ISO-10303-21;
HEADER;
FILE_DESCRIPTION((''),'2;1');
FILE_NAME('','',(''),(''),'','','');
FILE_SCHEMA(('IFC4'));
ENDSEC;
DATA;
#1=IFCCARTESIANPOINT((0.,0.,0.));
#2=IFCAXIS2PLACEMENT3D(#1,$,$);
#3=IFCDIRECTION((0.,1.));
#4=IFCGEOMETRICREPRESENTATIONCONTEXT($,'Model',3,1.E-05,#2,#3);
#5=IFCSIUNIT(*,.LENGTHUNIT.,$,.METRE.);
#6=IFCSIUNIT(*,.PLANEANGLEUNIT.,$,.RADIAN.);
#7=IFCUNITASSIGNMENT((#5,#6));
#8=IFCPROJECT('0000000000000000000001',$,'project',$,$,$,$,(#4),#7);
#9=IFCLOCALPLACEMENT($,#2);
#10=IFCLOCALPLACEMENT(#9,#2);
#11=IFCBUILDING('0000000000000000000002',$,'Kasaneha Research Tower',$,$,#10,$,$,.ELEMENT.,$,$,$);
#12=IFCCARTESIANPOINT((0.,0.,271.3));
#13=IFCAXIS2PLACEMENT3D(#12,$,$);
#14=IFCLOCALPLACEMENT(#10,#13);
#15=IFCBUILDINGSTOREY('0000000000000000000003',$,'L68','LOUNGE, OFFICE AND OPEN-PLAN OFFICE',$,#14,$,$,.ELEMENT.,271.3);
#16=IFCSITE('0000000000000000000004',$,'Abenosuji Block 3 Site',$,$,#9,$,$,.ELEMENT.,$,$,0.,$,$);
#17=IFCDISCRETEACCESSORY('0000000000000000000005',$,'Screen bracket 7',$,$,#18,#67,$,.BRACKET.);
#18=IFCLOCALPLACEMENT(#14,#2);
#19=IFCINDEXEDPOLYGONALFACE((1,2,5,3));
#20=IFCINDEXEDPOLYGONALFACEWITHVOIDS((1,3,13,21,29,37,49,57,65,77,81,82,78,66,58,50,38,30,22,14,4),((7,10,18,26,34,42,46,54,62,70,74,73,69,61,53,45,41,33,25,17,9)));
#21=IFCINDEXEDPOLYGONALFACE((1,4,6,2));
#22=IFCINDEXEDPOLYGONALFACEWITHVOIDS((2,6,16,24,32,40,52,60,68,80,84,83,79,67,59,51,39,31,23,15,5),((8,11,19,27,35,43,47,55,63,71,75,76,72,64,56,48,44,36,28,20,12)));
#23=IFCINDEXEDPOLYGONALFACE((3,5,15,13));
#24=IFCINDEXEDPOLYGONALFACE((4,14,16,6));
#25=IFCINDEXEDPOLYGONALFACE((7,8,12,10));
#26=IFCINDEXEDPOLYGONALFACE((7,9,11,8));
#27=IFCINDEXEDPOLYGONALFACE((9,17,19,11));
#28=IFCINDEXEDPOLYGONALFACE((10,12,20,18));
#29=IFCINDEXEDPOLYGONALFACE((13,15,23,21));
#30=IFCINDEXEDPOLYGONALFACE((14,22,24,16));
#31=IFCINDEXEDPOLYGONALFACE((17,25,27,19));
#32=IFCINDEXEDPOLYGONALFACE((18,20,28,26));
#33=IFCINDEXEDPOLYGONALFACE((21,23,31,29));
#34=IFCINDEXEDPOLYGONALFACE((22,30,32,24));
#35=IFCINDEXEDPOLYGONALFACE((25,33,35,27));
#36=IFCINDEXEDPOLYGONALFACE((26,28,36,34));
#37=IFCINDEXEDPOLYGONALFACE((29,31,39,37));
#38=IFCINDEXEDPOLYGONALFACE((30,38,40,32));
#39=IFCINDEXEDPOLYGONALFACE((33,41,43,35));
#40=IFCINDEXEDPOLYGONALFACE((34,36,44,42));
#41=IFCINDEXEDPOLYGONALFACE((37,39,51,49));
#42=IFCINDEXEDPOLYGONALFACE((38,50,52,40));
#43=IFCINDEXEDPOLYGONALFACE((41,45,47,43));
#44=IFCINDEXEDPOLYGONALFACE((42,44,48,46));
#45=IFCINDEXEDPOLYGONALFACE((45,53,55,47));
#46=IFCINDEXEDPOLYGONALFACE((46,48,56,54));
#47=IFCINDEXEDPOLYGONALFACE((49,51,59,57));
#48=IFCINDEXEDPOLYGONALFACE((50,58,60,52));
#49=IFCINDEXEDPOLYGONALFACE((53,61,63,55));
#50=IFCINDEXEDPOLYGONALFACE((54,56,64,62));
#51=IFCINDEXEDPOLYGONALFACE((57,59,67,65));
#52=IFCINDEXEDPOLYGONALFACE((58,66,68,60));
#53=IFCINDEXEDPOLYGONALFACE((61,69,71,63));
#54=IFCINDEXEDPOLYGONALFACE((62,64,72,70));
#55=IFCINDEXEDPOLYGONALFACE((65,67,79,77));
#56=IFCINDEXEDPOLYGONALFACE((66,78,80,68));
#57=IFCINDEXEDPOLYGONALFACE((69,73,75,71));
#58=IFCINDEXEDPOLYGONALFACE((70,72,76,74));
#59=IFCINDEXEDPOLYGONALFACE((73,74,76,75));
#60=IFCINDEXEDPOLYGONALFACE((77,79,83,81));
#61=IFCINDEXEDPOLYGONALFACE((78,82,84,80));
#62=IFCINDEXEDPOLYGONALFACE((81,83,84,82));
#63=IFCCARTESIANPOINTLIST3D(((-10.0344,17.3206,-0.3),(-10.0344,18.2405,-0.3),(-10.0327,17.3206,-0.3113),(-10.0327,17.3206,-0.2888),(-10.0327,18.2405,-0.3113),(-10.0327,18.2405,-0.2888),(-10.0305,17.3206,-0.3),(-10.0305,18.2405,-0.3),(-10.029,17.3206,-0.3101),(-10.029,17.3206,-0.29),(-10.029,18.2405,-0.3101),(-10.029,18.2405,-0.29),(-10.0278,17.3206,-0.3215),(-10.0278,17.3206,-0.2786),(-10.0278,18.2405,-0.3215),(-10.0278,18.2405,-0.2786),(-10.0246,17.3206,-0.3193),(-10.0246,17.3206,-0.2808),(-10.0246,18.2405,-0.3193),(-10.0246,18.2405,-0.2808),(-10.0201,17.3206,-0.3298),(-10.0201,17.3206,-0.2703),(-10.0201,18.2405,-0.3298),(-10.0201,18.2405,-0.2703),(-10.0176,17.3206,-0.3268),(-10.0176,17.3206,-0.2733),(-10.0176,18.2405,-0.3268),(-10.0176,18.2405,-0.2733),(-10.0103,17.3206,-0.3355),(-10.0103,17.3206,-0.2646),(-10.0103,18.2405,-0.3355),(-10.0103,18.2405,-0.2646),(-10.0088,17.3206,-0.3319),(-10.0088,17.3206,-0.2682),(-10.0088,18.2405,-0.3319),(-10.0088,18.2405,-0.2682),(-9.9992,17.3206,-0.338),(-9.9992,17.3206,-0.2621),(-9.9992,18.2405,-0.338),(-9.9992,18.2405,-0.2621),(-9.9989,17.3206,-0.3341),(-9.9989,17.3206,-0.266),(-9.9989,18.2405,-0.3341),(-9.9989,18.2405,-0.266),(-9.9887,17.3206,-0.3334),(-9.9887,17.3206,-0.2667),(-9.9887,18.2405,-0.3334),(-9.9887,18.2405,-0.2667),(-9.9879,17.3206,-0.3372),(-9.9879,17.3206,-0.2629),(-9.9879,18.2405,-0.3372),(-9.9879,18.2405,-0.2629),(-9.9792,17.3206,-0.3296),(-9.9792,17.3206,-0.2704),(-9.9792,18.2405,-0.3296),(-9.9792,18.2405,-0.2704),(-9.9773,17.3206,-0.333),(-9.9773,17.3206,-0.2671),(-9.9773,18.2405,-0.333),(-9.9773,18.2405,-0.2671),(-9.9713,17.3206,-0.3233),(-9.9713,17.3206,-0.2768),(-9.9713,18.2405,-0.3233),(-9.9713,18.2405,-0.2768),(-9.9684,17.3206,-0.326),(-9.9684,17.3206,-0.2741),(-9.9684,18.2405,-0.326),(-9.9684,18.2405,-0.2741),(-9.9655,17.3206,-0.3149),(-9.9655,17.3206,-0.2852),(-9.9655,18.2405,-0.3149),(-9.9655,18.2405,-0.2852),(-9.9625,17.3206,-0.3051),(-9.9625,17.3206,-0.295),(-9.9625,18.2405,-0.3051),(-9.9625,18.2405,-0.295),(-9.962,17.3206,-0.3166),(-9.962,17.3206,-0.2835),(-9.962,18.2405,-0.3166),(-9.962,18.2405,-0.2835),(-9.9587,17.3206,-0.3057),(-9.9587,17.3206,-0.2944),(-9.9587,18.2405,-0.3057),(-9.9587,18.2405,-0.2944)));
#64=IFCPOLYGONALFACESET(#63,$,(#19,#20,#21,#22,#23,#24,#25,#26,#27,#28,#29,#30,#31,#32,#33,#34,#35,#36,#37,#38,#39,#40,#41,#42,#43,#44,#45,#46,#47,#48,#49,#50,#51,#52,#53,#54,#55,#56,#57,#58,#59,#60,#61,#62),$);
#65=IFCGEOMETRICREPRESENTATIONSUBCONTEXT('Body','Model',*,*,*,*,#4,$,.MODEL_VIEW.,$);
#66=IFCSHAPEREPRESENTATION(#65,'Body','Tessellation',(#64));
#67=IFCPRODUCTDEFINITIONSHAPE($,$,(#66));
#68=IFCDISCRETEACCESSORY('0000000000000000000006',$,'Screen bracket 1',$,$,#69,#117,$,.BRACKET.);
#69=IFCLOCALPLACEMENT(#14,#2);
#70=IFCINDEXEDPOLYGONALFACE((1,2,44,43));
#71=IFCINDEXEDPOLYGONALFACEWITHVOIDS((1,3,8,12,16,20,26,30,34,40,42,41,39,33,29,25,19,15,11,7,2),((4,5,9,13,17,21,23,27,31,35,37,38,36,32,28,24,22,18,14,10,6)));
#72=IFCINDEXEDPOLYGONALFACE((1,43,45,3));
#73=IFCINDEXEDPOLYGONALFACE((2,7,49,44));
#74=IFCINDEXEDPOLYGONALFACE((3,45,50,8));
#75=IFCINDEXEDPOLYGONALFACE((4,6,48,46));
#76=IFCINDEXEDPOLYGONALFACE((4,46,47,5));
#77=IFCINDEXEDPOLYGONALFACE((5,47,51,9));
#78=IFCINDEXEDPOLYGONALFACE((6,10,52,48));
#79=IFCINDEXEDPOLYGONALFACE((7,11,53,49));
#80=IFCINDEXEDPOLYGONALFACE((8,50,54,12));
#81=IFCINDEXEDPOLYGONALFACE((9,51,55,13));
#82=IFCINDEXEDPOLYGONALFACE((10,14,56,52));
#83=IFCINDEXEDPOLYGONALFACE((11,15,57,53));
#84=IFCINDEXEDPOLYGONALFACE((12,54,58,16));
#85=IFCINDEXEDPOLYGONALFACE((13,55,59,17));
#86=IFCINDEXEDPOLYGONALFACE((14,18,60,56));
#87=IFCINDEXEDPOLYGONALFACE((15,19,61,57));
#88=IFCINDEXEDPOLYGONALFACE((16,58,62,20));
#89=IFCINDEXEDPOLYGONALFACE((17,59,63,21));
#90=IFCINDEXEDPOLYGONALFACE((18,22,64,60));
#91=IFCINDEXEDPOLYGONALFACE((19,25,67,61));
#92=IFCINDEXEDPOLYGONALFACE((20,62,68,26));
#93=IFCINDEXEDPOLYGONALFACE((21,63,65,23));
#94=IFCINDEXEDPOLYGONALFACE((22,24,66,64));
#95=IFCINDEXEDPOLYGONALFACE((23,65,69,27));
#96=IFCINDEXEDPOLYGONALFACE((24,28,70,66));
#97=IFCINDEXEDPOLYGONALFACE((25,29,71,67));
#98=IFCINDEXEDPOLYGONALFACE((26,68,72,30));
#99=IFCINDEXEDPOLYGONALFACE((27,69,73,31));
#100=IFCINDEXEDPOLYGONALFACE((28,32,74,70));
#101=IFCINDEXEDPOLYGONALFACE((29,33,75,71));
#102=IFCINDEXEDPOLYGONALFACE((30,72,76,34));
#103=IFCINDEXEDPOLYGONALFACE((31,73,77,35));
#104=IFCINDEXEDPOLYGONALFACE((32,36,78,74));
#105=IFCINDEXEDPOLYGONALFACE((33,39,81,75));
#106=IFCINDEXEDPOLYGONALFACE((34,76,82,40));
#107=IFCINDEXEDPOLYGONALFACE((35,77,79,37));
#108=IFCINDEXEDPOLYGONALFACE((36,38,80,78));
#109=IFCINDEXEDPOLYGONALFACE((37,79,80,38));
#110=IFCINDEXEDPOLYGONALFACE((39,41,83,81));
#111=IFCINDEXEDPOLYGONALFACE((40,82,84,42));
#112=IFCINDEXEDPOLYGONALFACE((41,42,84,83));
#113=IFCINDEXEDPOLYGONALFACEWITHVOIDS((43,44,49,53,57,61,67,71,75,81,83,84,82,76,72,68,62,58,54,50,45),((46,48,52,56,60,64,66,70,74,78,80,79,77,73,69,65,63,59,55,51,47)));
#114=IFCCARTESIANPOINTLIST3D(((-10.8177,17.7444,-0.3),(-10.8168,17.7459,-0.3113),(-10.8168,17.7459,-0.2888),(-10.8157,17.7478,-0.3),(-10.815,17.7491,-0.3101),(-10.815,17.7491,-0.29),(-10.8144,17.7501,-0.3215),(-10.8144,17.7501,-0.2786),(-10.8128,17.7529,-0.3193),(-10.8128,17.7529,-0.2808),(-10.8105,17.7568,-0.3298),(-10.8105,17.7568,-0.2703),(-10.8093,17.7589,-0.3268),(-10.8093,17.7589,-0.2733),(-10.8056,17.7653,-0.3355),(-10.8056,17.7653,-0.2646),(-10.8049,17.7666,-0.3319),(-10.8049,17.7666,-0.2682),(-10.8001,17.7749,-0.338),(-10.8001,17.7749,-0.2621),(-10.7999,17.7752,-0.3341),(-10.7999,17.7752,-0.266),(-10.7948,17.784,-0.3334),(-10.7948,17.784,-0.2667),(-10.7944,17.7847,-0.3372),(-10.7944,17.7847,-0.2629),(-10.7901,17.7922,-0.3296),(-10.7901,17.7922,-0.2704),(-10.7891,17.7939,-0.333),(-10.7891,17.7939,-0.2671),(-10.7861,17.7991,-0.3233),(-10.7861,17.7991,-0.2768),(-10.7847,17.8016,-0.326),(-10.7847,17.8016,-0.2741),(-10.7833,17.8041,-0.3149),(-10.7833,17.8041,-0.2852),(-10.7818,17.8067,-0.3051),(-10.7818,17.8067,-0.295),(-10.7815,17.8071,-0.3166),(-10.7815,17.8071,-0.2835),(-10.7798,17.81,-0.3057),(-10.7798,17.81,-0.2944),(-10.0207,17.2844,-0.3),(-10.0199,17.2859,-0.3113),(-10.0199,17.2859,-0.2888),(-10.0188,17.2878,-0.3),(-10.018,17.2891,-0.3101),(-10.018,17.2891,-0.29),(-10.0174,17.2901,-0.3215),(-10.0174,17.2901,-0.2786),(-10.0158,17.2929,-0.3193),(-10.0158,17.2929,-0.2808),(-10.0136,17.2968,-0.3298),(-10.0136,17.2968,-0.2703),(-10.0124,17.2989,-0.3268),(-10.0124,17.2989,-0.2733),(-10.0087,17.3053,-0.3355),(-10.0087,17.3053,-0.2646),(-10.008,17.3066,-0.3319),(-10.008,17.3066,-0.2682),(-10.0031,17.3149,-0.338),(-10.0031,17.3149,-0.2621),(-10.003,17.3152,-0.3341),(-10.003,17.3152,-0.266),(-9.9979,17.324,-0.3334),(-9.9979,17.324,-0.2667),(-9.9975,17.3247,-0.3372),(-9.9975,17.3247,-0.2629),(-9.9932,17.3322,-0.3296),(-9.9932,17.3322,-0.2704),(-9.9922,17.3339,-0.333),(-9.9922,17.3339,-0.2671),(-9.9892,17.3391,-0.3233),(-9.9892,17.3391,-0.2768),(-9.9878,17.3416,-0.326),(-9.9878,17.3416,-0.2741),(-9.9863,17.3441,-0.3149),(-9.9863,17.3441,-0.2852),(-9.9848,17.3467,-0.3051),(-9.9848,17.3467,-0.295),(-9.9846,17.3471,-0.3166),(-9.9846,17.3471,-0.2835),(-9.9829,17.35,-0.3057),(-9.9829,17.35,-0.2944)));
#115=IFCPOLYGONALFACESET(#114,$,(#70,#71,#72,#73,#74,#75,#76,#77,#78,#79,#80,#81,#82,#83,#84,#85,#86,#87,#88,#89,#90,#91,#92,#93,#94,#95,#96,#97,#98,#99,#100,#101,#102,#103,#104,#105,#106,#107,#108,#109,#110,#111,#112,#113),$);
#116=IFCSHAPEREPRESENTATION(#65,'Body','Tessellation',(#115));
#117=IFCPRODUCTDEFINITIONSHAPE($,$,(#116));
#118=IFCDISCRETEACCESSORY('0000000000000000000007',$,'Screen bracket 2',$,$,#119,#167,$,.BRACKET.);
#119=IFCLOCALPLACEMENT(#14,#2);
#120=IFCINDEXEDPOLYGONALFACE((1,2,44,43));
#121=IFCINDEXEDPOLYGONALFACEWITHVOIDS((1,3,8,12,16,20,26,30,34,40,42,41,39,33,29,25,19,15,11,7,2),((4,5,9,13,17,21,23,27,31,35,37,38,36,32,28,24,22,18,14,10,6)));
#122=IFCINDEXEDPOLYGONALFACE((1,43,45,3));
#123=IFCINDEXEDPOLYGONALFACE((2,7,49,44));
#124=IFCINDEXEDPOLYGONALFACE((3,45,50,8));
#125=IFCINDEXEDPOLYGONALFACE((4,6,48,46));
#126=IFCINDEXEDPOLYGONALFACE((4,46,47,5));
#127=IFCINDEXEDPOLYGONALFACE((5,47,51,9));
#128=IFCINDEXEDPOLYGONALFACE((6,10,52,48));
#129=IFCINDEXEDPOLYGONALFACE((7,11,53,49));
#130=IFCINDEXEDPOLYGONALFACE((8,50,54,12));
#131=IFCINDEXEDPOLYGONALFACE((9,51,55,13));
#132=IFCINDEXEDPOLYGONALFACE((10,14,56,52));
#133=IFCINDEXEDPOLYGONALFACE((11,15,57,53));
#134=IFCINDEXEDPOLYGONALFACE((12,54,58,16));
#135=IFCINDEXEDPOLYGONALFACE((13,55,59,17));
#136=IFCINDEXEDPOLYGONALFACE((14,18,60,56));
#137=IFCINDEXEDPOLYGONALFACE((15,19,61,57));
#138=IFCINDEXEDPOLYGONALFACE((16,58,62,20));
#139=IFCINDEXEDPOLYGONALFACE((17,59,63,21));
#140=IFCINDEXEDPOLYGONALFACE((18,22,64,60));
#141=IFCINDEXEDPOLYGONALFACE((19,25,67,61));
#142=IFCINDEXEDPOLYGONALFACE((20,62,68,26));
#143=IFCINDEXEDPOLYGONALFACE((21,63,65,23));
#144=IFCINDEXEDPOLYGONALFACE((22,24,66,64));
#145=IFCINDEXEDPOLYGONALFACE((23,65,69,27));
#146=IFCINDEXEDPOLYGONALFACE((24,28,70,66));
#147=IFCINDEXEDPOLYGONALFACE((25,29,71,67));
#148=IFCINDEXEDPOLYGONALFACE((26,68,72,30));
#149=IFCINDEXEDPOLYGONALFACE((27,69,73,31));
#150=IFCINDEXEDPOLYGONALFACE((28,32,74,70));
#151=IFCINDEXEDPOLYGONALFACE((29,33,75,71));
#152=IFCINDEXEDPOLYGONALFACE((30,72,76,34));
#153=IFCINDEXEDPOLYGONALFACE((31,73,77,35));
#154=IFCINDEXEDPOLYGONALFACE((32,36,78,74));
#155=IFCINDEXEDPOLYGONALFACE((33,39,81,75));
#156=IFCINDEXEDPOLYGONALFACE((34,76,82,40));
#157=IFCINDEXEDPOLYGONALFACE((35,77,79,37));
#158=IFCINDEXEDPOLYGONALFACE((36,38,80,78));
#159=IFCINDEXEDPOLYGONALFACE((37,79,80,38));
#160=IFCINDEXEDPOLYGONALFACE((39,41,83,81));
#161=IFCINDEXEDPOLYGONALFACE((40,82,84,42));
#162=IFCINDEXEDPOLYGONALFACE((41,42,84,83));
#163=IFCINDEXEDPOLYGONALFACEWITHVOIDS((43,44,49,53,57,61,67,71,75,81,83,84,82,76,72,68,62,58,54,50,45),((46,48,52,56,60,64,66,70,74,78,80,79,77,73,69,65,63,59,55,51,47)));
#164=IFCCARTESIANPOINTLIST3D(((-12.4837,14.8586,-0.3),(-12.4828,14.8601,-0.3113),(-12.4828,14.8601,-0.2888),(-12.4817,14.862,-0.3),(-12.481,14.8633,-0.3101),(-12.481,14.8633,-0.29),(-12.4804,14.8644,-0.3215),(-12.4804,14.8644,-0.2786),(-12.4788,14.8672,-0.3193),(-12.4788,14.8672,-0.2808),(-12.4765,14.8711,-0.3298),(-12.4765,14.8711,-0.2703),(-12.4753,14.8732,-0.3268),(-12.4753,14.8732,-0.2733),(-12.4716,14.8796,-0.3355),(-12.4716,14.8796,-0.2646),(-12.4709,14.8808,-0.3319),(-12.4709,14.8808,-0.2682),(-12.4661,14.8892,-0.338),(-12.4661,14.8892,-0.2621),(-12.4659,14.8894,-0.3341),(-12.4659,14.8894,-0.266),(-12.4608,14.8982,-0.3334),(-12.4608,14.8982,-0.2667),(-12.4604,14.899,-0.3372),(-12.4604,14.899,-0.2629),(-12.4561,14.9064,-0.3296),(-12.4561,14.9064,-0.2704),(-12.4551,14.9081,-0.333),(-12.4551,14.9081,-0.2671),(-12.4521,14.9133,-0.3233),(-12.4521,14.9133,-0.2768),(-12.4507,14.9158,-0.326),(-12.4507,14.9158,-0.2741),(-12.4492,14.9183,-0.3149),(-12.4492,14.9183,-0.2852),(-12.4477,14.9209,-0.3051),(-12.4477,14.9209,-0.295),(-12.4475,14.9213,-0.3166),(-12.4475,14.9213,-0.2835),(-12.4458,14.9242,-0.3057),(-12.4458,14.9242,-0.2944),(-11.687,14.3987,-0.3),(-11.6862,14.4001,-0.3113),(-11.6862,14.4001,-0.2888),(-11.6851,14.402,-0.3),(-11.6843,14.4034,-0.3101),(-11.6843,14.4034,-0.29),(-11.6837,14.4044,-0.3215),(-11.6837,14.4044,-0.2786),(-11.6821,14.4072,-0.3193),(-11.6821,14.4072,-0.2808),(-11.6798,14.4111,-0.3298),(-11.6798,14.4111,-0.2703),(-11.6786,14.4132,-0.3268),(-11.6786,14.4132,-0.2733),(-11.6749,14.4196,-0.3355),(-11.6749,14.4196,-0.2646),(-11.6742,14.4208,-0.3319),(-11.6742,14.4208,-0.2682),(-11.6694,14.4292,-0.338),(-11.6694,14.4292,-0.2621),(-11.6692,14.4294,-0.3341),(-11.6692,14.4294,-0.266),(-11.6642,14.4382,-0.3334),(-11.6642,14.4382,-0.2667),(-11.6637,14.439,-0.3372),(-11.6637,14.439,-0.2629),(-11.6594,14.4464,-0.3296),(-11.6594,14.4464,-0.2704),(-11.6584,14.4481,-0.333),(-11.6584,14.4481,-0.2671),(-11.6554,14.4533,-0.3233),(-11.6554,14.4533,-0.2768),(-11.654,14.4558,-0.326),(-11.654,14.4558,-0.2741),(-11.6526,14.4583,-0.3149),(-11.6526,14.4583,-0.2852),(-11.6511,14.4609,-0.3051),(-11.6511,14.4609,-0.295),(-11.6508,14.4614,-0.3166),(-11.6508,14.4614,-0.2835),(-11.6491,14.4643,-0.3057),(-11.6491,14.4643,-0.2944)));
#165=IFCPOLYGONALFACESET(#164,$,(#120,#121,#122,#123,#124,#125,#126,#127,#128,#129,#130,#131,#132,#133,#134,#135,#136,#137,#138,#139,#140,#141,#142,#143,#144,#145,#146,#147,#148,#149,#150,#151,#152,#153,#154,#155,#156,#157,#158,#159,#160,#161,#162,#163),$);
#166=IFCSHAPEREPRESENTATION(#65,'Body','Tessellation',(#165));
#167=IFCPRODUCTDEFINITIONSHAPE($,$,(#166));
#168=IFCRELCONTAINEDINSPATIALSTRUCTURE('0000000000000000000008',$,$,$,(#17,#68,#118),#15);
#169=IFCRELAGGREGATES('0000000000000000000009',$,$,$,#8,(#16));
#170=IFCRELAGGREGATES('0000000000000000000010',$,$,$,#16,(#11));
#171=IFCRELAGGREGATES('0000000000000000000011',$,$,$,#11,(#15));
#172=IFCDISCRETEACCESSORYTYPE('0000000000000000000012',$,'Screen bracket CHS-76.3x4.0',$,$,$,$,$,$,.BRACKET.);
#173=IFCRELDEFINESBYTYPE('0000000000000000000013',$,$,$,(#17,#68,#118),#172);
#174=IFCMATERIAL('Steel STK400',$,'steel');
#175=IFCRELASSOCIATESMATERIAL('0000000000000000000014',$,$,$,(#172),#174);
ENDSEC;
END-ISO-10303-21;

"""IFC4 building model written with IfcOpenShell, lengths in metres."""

from ifc_helpers import new_model, si_unit, direction, frame, origin, origin_2d, place, context, subcontext, project, spatial, hollow_circle, extrude, material, material_profile, profile_set, type_object, element, save


model = new_model("IFC4")

# Units and contexts
model_context = context("Model", 3, precision=1e-05, world=origin(), true_north=direction((0.0, 1.0)))
body_context = subcontext(model_context, "Body", "Model", "MODEL_VIEW")
ifc_project = project(units=[si_unit("LENGTHUNIT", "METRE"), si_unit("PLANEANGLEUNIT", "RADIAN")], contexts=[model_context])

# Site, building, storey
site_placement = place(None, origin())
site = spatial("IfcSite", under=ifc_project, at=site_placement, Name="Abenosuji Block 3 Site", CompositionType="ELEMENT", RefElevation=0.0)
building_placement = place(site_placement, origin())
building = spatial("IfcBuilding", under=site, at=building_placement, Name="Kasaneha Research Tower", CompositionType="ELEMENT")
storey_placement = place(building_placement, frame((0.0, 0.0, 271.3)))
storey = spatial("IfcBuildingStorey", under=building, at=storey_placement, Name="L68", Description="LOUNGE, OFFICE AND OPEN-PLAN OFFICE", CompositionType="ELEMENT", Elevation=271.3)

# Discrete accessories
ifc_material_1 = material(Name="Steel STK400", Category="steel")
ifc_material_profile_1 = material_profile(ifc_material_1, hollow_circle(Radius=0.0381, WallThickness=0.0039, at=origin_2d()), Name="CHS-76.3x4.0")
ifc_profile_set_1 = profile_set([ifc_material_profile_1], Name="Steel STK400")
discrete_accessory_type = type_object("IfcDiscreteAccessoryType", Name="Screen bracket CHS-76.3x4.0", PredefinedType="BRACKET", material=ifc_profile_set_1)
discrete_accessory_1_placement = place(storey_placement, frame((-9.9963, 17.3206, -0.3), z_axis=(0.0, 1.0, 0.0), x_axis=(-1.0, 0.0, 0.0)))
element("IfcDiscreteAccessory", 1, at=discrete_accessory_1_placement, inside=storey, type_object=discrete_accessory_type, Name="Screen bracket 7", PredefinedType="BRACKET", context=body_context, shape_type="SweptSolid", body=[
    extrude(hollow_circle(Radius=0.0381, WallThickness=0.0039, at=origin_2d()), origin(), (0.0, 0.0, 1.0), 0.9199),
])
discrete_accessory_2_placement = place(storey_placement, frame((-10.0017, 17.3174, -0.3), z_axis=(-0.86608, 0.499906, 0.0), x_axis=(-0.499906, -0.86608, 0.0)))
element("IfcDiscreteAccessory", 2, at=discrete_accessory_2_placement, inside=storey, type_object=discrete_accessory_type, Name="Screen bracket 1", PredefinedType="BRACKET", context=body_context, shape_type="SweptSolid", body=[
    extrude(hollow_circle(Radius=0.0381, WallThickness=0.0039, at=origin_2d()), origin(), (0.0, 0.0, 1.0), 0.9202),
])
for number, where, z_axis, x_axis, name in (
    (3, (-11.668, 14.4316, -0.3), (-0.866013, 0.500021, 0.0), (-0.500021, -0.866013, 0.0), "Screen bracket 2"),
):
    element("IfcDiscreteAccessory", number, at=place(storey_placement, frame(where, z_axis=z_axis, x_axis=x_axis)), inside=storey, type_object=discrete_accessory_type, Name=name, PredefinedType="BRACKET", context=body_context, shape_type="SweptSolid", body=[
        extrude(hollow_circle(Radius=0.0381, WallThickness=0.0039, at=origin_2d()), origin(), (0.0, 0.0, 1.0), 0.9199),
    ])

save(model, "model.ifc")
